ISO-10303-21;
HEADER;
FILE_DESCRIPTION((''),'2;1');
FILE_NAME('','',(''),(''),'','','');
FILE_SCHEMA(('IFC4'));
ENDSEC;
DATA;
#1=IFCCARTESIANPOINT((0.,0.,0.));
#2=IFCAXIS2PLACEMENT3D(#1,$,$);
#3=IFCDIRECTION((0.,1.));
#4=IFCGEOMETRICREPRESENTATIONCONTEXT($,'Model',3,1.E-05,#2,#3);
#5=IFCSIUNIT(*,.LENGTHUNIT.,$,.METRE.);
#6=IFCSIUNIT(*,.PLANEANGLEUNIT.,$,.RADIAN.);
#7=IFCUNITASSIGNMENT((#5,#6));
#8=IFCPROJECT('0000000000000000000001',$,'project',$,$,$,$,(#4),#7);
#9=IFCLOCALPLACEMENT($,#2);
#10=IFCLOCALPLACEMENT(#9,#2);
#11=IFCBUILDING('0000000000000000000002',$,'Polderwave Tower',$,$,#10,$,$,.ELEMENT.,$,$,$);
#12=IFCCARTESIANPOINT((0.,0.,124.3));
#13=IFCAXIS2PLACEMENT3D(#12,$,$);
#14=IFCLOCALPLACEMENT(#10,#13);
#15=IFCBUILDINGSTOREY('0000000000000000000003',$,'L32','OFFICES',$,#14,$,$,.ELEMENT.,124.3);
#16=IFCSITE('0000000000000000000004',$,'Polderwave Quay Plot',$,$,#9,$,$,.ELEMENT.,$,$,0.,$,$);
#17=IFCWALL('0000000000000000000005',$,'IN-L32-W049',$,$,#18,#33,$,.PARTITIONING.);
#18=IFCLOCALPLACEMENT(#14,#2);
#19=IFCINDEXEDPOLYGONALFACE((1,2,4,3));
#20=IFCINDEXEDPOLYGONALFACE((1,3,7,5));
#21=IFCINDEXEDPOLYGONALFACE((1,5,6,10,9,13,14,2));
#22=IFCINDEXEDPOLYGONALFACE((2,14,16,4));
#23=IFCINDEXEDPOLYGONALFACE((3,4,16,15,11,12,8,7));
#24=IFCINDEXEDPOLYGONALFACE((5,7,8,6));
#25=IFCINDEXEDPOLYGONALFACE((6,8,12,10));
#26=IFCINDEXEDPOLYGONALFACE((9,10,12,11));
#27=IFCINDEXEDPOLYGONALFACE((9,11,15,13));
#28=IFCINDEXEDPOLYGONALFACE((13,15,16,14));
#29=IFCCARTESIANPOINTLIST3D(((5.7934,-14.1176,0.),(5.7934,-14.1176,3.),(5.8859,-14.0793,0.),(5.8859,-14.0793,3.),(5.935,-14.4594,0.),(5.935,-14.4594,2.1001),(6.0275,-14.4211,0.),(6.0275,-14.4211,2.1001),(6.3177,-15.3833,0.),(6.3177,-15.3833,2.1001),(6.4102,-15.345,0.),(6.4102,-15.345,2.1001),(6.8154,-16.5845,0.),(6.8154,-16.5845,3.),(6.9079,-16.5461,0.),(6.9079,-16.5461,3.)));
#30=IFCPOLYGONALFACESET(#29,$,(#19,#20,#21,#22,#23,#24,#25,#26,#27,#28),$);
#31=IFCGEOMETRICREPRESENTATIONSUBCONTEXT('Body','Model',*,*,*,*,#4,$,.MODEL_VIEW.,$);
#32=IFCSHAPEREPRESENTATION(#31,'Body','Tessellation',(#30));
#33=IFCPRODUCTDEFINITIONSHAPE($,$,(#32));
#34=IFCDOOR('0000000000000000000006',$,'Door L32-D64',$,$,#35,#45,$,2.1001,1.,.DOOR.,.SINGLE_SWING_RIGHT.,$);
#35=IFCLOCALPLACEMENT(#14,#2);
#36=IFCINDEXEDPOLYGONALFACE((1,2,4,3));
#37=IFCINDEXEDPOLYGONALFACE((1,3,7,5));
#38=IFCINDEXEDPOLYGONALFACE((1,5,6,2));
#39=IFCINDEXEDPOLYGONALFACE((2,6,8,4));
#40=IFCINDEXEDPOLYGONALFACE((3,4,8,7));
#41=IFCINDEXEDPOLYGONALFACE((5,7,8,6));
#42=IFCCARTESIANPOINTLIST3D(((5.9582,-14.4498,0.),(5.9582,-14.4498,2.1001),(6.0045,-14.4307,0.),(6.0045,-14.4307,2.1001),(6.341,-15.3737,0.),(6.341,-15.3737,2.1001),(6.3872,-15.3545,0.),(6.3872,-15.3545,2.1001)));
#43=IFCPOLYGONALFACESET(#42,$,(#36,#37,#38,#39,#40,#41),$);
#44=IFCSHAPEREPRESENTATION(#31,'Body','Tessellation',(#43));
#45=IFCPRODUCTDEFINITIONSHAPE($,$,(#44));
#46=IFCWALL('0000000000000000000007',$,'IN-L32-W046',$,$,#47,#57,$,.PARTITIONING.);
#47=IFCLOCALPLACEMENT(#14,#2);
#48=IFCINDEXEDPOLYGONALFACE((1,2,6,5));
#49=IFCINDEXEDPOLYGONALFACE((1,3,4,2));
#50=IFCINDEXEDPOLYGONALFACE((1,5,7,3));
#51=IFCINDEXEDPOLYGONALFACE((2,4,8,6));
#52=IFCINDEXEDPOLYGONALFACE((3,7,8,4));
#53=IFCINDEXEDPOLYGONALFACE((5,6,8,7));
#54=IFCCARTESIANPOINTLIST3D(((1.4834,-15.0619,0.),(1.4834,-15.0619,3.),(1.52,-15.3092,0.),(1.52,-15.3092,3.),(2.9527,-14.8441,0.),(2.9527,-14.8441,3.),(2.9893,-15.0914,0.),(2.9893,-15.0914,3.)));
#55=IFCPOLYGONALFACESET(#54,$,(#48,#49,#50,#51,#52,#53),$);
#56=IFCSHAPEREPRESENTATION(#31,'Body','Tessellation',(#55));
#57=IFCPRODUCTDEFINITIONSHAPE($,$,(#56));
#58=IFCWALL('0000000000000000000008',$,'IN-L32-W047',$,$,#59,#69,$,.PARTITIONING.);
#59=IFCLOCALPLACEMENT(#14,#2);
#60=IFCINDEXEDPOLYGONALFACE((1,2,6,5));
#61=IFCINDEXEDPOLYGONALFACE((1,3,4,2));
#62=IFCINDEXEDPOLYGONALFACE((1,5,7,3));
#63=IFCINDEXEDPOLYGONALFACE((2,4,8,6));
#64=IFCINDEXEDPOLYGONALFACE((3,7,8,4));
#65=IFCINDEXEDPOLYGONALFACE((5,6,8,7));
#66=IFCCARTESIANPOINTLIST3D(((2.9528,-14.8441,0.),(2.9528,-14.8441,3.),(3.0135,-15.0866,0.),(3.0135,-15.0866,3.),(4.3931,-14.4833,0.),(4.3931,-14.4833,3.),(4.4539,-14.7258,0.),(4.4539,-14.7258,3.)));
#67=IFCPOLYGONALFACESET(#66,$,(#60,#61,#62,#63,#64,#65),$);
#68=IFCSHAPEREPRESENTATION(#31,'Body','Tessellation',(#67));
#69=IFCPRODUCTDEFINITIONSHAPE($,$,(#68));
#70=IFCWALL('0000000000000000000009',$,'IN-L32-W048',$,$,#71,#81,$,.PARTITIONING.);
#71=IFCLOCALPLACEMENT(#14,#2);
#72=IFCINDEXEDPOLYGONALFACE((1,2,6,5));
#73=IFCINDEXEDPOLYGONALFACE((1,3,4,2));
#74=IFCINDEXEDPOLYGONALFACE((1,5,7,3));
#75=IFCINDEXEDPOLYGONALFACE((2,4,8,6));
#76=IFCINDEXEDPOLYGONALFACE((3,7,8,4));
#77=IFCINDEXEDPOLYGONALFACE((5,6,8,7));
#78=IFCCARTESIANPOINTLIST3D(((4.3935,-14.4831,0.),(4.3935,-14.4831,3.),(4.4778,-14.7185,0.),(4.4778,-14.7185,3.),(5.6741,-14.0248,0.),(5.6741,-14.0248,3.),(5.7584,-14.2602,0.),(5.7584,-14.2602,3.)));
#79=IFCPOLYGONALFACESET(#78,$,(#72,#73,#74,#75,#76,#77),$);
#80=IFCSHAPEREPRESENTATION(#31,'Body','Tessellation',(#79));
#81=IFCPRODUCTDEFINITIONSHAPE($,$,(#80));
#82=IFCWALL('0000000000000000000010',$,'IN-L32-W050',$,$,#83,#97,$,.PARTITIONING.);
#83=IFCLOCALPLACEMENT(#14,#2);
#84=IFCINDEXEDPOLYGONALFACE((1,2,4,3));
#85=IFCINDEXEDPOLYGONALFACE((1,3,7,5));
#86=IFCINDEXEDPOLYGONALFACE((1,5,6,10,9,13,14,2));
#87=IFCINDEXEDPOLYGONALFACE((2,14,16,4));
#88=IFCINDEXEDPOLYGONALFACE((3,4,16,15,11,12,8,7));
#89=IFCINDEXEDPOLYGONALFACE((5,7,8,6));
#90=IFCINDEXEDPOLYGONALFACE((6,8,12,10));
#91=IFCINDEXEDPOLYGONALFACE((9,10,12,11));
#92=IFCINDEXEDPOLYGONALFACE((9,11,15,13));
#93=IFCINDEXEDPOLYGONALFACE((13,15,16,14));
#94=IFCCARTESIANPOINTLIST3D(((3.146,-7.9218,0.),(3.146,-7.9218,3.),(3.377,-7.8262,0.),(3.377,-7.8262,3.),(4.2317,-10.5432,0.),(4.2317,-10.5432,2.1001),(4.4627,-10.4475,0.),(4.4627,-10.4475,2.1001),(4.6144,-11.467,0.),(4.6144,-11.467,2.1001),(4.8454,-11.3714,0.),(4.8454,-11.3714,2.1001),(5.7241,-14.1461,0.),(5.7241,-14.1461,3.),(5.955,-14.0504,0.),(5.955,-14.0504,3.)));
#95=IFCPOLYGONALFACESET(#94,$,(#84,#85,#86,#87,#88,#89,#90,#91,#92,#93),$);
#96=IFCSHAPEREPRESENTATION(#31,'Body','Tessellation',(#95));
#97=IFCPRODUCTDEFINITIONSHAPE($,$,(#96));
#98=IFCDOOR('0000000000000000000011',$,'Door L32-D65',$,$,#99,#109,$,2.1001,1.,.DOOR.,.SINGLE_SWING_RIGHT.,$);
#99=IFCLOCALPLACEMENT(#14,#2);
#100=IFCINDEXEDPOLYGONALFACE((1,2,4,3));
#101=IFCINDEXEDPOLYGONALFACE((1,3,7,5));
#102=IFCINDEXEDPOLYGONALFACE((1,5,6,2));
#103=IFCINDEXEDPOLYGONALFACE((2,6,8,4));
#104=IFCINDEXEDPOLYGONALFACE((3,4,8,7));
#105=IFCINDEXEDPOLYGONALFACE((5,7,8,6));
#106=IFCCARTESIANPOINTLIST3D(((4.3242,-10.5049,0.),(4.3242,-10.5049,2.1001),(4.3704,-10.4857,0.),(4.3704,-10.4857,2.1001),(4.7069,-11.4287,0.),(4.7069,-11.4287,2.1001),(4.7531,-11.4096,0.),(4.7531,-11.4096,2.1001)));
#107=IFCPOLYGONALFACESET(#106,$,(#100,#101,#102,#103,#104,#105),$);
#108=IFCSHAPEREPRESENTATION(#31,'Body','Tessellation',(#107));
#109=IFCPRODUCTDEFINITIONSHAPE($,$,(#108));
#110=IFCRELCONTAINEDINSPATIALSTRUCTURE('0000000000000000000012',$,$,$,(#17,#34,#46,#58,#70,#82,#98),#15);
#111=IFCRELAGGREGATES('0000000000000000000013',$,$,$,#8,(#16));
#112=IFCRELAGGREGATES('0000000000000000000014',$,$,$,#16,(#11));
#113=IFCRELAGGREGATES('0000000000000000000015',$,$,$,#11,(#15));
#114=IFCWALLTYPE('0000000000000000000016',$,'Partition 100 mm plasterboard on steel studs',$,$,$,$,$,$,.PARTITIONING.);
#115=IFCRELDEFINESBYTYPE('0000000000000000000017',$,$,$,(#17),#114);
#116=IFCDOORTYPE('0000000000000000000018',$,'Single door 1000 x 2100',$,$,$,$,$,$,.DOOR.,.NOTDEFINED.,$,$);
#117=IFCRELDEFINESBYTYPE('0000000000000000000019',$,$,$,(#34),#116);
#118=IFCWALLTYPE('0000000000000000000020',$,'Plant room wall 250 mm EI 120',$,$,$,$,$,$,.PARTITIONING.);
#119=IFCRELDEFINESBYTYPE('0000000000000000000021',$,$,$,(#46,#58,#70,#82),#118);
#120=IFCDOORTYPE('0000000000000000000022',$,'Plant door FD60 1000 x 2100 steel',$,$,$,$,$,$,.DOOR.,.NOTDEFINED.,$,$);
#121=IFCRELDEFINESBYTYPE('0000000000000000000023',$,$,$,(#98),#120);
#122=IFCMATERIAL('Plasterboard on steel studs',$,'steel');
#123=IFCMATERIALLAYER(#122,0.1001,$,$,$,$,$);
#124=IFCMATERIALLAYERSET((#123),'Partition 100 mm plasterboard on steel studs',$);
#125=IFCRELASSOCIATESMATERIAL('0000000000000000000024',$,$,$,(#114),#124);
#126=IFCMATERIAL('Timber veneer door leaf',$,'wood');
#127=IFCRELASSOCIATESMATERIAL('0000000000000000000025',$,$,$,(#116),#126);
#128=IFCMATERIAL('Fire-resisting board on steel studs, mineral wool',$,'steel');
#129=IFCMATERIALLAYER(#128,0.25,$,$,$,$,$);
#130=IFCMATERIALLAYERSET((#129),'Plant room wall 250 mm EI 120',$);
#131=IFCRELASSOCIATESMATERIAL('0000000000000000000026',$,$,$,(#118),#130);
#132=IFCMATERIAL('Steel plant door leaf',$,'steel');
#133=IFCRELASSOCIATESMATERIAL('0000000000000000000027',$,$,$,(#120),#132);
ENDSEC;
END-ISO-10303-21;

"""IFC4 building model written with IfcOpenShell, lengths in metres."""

from ifc_helpers import new_model, si_unit, direction, frame, frame_2d, origin, place, context, subcontext, project, spatial, rectangle, extrude, material, layer, layer_set, type_object, element, fill, save


model = new_model("IFC4")

# Units and contexts
model_context = context("Model", 3, precision=1e-05, world=origin(), true_north=direction((0.0, 1.0)))
body_context = subcontext(model_context, "Body", "Model", "MODEL_VIEW")
ifc_project = project(units=[si_unit("LENGTHUNIT", "METRE"), si_unit("PLANEANGLEUNIT", "RADIAN")], contexts=[model_context])

# Site, building, storey
site_placement = place(None, origin())
site = spatial("IfcSite", under=ifc_project, at=site_placement, Name="Polderwave Quay Plot", CompositionType="ELEMENT", RefElevation=0.0)
building_placement = place(site_placement, origin())
building = spatial("IfcBuilding", under=site, at=building_placement, Name="Polderwave Tower", CompositionType="ELEMENT")
storey_placement = place(building_placement, frame((0.0, 0.0, 124.3)))
storey = spatial("IfcBuildingStorey", under=building, at=storey_placement, Name="L32", Description="OFFICES", CompositionType="ELEMENT", Elevation=124.3)

# Wall, opening, door
ifc_material_1 = material(Name="Plasterboard on steel studs", Category="steel")
ifc_layer_1 = layer(ifc_material_1, 0.1001)
ifc_layer_set_1 = layer_set([ifc_layer_1], Name="Partition 100 mm plasterboard on steel studs")
wall_type_1 = type_object("IfcWallType", Name="Partition 100 mm plasterboard on steel studs", PredefinedType="PARTITIONING", material=ifc_layer_set_1)
wall_1_placement = place(storey_placement, frame((6.8616, -16.5652, 0.0), z_axis=(0.0, 0.0, 1.0), x_axis=(-0.382745, 0.923854, 0.0)))
wall_1 = element("IfcWall", 1, at=wall_1_placement, inside=storey, type_object=wall_type_1, Name="IN-L32-W049", PredefinedType="PARTITIONING", context=body_context, shape_type="SweptSolid", body=[
    extrude(rectangle(XDim=2.6702, YDim=0.1001, at=frame_2d((1.335, 0.0))), origin(), (0.0, 0.0, 1.0), 3.0),
])
opening_1_placement = place(wall_1_placement, frame((1.3, 0.0, 0.0)))
opening_1 = element("IfcOpeningElement", 2, at=opening_1_placement, cuts=wall_1, PredefinedType="OPENING", context=body_context, shape_type="SweptSolid", body=[
    extrude(rectangle(XDim=1.0, YDim=2.1001, at=frame_2d((0.5, 1.05))), frame((0.0, 0.0601, 0.0), z_axis=(0.0, -1.0, 0.0), x_axis=(1.0, 0.0, 0.0)), (0.0, 0.0, 1.0), 0.1201),
])
ifc_material_2 = material(Name="Timber veneer door leaf", Category="wood")
door_type_1 = type_object("IfcDoorType", Name="Single door 1000 x 2100", OperationType="NOTDEFINED", PredefinedType="DOOR", material=ifc_material_2)
door_1_placement = place(opening_1_placement, origin())
door_1 = element("IfcDoor", 3, at=door_1_placement, inside=storey, type_object=door_type_1, Name="Door L32-D64", OperationType="SINGLE_SWING_RIGHT", OverallHeight=2.1001, OverallWidth=1.0, PredefinedType="DOOR", context=body_context, shape_type="SweptSolid", body=[
    extrude(rectangle(XDim=1.0, YDim=2.1001, at=frame_2d((0.5, 1.05))), frame((0.0, 0.0249, 0.0), z_axis=(0.0, -1.0, 0.0), x_axis=(1.0, 0.0, 0.0)), (0.0, 0.0, 1.0), 0.05),
])
fill(opening_1, door_1)

# Walls
ifc_material_3 = material(Name="Fire-resisting board on steel studs, mineral wool", Category="steel")
ifc_layer_2 = layer(ifc_material_3, 0.25)
ifc_layer_set_2 = layer_set([ifc_layer_2], Name="Plant room wall 250 mm EI 120")
wall_type_2 = type_object("IfcWallType", Name="Plant room wall 250 mm EI 120", PredefinedType="PARTITIONING", material=ifc_layer_set_2)
wall_2_placement = place(storey_placement, frame((1.5017, -15.1855, 0.0), z_axis=(0.0, 0.0, 1.0), x_axis=(0.989193, 0.14662, 0.0)))
element("IfcWall", 4, at=wall_2_placement, inside=storey, type_object=wall_type_2, Name="IN-L32-W046", PredefinedType="PARTITIONING", context=body_context, shape_type="SweptSolid", body=[
    extrude(rectangle(XDim=1.4854, YDim=0.25, at=frame_2d((0.7427, 0.0))), origin(), (0.0, 0.0, 1.0), 3.0),
])
wall_3_placement = place(storey_placement, frame((2.9832, -14.9653, 0.0), z_axis=(0.0, 0.0, 1.0), x_axis=(0.970026, 0.243, 0.0)))
element("IfcWall", 5, at=wall_3_placement, inside=storey, type_object=wall_type_2, Name="IN-L32-W047", PredefinedType="PARTITIONING", context=body_context, shape_type="SweptSolid", body=[
    extrude(rectangle(XDim=1.4849, YDim=0.25, at=frame_2d((0.7424, 0.0))), origin(), (0.0, 0.0, 1.0), 3.0),
])
wall_4_placement = place(storey_placement, frame((4.4355, -14.6008, 0.0), z_axis=(0.0, 0.0, 1.0), x_axis=(0.941526, 0.336939, 0.0)))
element("IfcWall", 6, at=wall_4_placement, inside=storey, type_object=wall_type_2, Name="IN-L32-W048", PredefinedType="PARTITIONING", context=body_context, shape_type="SweptSolid", body=[
    extrude(rectangle(XDim=1.3601, YDim=0.25, at=frame_2d((0.6802, 0.0))), origin(), (0.0, 0.0, 1.0), 3.0),
])

# Wall, opening, door
wall_5_placement = place(storey_placement, frame((5.8396, -14.0984, 0.0), z_axis=(0.0, 0.0, 1.0), x_axis=(-0.382672, 0.923884, 0.0)))
wall_5 = element("IfcWall", 7, at=wall_5_placement, inside=storey, type_object=wall_type_2, Name="IN-L32-W050", PredefinedType="PARTITIONING", context=body_context, shape_type="SweptSolid", body=[
    extrude(rectangle(XDim=6.7371, YDim=0.25, at=frame_2d((3.3687, 0.0))), origin(), (0.0, 0.0, 1.0), 3.0),
])
opening_2_placement = place(wall_5_placement, frame((2.8999, 0.0, 0.0)))
opening_2 = element("IfcOpeningElement", 8, at=opening_2_placement, cuts=wall_5, PredefinedType="OPENING", context=body_context, shape_type="SweptSolid", body=[
    extrude(rectangle(XDim=1.0, YDim=2.1001, at=frame_2d((0.5, 1.05))), frame((0.0, 0.135, 0.0), z_axis=(0.0, -1.0, 0.0), x_axis=(1.0, 0.0, 0.0)), (0.0, 0.0, 1.0), 0.27),
])
ifc_material_4 = material(Name="Steel plant door leaf", Category="steel")
door_type_2 = type_object("IfcDoorType", Name="Plant door FD60 1000 x 2100 steel", OperationType="NOTDEFINED", PredefinedType="DOOR", material=ifc_material_4)
door_2_placement = place(opening_2_placement, origin())
door_2 = element("IfcDoor", 9, at=door_2_placement, inside=storey, type_object=door_type_2, Name="Door L32-D65", OperationType="SINGLE_SWING_RIGHT", OverallHeight=2.1001, OverallWidth=1.0, PredefinedType="DOOR", context=body_context, shape_type="SweptSolid", body=[
    extrude(rectangle(XDim=1.0, YDim=2.1001, at=frame_2d((0.5, 1.05))), frame((0.0, 0.0249, 0.0), z_axis=(0.0, -1.0, 0.0), x_axis=(1.0, 0.0, 0.0)), (0.0, 0.0, 1.0), 0.05),
])
fill(opening_2, door_2)

save(model, "model.ifc")
